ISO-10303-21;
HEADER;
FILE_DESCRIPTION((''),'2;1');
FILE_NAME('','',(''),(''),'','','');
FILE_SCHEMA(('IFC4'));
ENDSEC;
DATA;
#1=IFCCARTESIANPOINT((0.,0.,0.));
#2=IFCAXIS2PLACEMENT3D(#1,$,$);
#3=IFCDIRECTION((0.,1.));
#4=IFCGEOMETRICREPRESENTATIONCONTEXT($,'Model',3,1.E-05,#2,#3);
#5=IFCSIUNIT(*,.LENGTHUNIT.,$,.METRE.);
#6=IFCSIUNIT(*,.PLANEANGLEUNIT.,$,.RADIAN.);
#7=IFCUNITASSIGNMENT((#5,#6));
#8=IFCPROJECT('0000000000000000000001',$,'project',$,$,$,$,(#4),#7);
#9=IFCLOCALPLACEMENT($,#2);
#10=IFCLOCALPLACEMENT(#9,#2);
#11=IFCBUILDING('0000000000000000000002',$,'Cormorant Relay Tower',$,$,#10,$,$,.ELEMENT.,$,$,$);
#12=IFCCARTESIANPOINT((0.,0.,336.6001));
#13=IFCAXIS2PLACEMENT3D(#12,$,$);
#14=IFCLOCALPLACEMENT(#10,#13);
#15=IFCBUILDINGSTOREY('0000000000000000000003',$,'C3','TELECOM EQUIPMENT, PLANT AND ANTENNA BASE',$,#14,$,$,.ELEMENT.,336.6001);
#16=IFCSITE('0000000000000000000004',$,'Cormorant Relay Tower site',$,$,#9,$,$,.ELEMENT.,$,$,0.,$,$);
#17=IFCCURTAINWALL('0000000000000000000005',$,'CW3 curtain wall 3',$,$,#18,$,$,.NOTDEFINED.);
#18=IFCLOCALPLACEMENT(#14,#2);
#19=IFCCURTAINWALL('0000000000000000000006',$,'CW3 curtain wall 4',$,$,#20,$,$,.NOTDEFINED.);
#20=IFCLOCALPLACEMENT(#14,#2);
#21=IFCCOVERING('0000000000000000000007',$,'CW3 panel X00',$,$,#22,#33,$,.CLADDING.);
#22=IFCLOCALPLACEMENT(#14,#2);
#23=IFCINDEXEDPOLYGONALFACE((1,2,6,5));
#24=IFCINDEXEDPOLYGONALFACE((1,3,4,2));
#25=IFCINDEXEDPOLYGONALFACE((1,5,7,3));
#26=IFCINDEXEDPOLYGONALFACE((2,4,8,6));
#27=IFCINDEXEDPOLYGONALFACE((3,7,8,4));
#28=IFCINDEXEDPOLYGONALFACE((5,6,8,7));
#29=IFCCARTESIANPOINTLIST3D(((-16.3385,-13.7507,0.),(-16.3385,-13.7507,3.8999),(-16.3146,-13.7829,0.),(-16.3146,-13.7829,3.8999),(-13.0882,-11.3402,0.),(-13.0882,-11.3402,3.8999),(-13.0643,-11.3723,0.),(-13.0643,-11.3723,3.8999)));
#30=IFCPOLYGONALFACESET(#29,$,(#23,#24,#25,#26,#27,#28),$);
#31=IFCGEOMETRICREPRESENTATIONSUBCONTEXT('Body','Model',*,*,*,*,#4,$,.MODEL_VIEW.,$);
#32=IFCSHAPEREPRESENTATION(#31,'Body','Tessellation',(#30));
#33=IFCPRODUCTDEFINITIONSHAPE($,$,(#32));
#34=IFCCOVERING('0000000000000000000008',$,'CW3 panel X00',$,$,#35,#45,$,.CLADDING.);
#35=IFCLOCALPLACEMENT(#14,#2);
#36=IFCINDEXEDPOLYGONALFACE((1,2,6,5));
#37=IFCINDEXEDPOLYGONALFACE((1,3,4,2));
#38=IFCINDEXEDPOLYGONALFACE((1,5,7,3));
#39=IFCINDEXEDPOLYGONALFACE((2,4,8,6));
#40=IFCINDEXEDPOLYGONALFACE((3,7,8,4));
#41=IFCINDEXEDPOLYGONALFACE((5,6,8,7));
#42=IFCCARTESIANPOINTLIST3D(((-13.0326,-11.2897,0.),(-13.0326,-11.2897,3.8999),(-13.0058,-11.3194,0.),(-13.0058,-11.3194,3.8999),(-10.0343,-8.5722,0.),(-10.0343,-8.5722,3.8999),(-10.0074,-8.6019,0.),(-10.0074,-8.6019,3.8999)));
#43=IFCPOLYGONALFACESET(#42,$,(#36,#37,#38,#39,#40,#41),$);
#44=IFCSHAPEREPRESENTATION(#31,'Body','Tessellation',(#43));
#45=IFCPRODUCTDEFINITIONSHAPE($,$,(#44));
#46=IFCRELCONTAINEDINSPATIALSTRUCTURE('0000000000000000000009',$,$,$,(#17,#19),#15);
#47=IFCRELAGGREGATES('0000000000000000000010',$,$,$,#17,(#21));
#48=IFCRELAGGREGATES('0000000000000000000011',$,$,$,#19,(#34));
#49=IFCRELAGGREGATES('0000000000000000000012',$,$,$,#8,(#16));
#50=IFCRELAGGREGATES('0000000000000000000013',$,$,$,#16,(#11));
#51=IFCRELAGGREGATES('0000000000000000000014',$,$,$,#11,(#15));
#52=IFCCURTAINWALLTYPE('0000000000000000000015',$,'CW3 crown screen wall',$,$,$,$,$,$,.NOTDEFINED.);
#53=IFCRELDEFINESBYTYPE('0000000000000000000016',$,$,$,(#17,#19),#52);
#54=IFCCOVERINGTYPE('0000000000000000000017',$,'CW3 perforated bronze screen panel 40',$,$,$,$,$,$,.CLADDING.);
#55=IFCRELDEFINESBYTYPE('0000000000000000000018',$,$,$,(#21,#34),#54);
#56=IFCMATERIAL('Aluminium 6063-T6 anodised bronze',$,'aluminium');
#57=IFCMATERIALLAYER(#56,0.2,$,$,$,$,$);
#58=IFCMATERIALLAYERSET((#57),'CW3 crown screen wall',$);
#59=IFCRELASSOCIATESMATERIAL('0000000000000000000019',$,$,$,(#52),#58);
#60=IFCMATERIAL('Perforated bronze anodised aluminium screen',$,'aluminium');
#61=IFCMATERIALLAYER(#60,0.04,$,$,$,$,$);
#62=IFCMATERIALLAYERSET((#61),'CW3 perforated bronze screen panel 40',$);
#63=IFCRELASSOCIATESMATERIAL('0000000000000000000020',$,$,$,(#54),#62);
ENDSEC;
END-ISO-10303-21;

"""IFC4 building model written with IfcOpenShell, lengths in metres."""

from ifc_helpers import new_model, si_unit, direction, frame, origin, origin_2d, place, context, subcontext, project, spatial, rectangle, extrude, material, layer, layer_set, type_object, element, aggregate, save


model = new_model("IFC4")

# Units and contexts
model_context = context("Model", 3, precision=1e-05, world=origin(), true_north=direction((0.0, 1.0)))
body_context = subcontext(model_context, "Body", "Model", "MODEL_VIEW")
ifc_project = project(units=[si_unit("LENGTHUNIT", "METRE"), si_unit("PLANEANGLEUNIT", "RADIAN")], contexts=[model_context])

# Site, building, storey
site_placement = place(None, origin())
site = spatial("IfcSite", under=ifc_project, at=site_placement, Name="Cormorant Relay Tower site", CompositionType="ELEMENT", RefElevation=0.0)
building_placement = place(site_placement, origin())
building = spatial("IfcBuilding", under=site, at=building_placement, Name="Cormorant Relay Tower", CompositionType="ELEMENT")
storey_placement = place(building_placement, frame((0.0, 0.0, 336.6001)))
storey = spatial("IfcBuildingStorey", under=building, at=storey_placement, Name="C3", Description="TELECOM EQUIPMENT, PLANT AND ANTENNA BASE", CompositionType="ELEMENT", Elevation=336.6001)

# Curtain walls
ifc_material_1 = material(Name="Aluminium 6063-T6 anodised bronze", Category="aluminium")
ifc_layer_1 = layer(ifc_material_1, 0.2)
ifc_layer_set_1 = layer_set([ifc_layer_1], Name="CW3 crown screen wall")
curtain_wall_type = type_object("IfcCurtainWallType", Name="CW3 crown screen wall", PredefinedType="NOTDEFINED", material=ifc_layer_set_1)
curtain_wall_1_placement = place(storey_placement, origin())
curtain_wall_1 = element("IfcCurtainWall", 1, at=curtain_wall_1_placement, inside=storey, type_object=curtain_wall_type, Name="CW3 curtain wall 3", PredefinedType="NOTDEFINED")
curtain_wall_2_placement = place(storey_placement, origin())
curtain_wall_2 = element("IfcCurtainWall", 2, at=curtain_wall_2_placement, inside=storey, type_object=curtain_wall_type, Name="CW3 curtain wall 4", PredefinedType="NOTDEFINED")

# Coverings
ifc_material_2 = material(Name="Perforated bronze anodised aluminium screen", Category="aluminium")
ifc_layer_2 = layer(ifc_material_2, 0.04)
ifc_layer_set_2 = layer_set([ifc_layer_2], Name="CW3 perforated bronze screen panel 40")
covering_type = type_object("IfcCoveringType", Name="CW3 perforated bronze screen panel 40", PredefinedType="CLADDING", material=ifc_layer_set_2)
covering_1_placement = place(storey_placement, frame((-14.7014, -12.5615, 0.0), z_axis=(0.0, 0.0, 1.0), x_axis=(0.803208, 0.595699, 0.0)))
covering_1 = element("IfcCovering", 3, at=covering_1_placement, type_object=covering_type, Name="CW3 panel X00", PredefinedType="CLADDING", context=body_context, shape_type="SweptSolid", body=[
    extrude(rectangle(XDim=4.0466, YDim=0.04, at=origin_2d()), origin(), (0.0, 0.0, 1.0), 3.8999),
])
aggregate(curtain_wall_1, [covering_1])
covering_2_placement = place(storey_placement, frame((-11.52, -9.9458, 0.0), z_axis=(0.0, 0.0, 1.0), x_axis=(0.740951, 0.671559, 0.0)))
covering_2 = element("IfcCovering", 4, at=covering_2_placement, type_object=covering_type, Name="CW3 panel X00", PredefinedType="CLADDING", context=body_context, shape_type="SweptSolid", body=[
    extrude(rectangle(XDim=4.0466, YDim=0.04, at=origin_2d()), origin(), (0.0, 0.0, 1.0), 3.8999),
])
aggregate(curtain_wall_2, [covering_2])

save(model, "model.ifc")
